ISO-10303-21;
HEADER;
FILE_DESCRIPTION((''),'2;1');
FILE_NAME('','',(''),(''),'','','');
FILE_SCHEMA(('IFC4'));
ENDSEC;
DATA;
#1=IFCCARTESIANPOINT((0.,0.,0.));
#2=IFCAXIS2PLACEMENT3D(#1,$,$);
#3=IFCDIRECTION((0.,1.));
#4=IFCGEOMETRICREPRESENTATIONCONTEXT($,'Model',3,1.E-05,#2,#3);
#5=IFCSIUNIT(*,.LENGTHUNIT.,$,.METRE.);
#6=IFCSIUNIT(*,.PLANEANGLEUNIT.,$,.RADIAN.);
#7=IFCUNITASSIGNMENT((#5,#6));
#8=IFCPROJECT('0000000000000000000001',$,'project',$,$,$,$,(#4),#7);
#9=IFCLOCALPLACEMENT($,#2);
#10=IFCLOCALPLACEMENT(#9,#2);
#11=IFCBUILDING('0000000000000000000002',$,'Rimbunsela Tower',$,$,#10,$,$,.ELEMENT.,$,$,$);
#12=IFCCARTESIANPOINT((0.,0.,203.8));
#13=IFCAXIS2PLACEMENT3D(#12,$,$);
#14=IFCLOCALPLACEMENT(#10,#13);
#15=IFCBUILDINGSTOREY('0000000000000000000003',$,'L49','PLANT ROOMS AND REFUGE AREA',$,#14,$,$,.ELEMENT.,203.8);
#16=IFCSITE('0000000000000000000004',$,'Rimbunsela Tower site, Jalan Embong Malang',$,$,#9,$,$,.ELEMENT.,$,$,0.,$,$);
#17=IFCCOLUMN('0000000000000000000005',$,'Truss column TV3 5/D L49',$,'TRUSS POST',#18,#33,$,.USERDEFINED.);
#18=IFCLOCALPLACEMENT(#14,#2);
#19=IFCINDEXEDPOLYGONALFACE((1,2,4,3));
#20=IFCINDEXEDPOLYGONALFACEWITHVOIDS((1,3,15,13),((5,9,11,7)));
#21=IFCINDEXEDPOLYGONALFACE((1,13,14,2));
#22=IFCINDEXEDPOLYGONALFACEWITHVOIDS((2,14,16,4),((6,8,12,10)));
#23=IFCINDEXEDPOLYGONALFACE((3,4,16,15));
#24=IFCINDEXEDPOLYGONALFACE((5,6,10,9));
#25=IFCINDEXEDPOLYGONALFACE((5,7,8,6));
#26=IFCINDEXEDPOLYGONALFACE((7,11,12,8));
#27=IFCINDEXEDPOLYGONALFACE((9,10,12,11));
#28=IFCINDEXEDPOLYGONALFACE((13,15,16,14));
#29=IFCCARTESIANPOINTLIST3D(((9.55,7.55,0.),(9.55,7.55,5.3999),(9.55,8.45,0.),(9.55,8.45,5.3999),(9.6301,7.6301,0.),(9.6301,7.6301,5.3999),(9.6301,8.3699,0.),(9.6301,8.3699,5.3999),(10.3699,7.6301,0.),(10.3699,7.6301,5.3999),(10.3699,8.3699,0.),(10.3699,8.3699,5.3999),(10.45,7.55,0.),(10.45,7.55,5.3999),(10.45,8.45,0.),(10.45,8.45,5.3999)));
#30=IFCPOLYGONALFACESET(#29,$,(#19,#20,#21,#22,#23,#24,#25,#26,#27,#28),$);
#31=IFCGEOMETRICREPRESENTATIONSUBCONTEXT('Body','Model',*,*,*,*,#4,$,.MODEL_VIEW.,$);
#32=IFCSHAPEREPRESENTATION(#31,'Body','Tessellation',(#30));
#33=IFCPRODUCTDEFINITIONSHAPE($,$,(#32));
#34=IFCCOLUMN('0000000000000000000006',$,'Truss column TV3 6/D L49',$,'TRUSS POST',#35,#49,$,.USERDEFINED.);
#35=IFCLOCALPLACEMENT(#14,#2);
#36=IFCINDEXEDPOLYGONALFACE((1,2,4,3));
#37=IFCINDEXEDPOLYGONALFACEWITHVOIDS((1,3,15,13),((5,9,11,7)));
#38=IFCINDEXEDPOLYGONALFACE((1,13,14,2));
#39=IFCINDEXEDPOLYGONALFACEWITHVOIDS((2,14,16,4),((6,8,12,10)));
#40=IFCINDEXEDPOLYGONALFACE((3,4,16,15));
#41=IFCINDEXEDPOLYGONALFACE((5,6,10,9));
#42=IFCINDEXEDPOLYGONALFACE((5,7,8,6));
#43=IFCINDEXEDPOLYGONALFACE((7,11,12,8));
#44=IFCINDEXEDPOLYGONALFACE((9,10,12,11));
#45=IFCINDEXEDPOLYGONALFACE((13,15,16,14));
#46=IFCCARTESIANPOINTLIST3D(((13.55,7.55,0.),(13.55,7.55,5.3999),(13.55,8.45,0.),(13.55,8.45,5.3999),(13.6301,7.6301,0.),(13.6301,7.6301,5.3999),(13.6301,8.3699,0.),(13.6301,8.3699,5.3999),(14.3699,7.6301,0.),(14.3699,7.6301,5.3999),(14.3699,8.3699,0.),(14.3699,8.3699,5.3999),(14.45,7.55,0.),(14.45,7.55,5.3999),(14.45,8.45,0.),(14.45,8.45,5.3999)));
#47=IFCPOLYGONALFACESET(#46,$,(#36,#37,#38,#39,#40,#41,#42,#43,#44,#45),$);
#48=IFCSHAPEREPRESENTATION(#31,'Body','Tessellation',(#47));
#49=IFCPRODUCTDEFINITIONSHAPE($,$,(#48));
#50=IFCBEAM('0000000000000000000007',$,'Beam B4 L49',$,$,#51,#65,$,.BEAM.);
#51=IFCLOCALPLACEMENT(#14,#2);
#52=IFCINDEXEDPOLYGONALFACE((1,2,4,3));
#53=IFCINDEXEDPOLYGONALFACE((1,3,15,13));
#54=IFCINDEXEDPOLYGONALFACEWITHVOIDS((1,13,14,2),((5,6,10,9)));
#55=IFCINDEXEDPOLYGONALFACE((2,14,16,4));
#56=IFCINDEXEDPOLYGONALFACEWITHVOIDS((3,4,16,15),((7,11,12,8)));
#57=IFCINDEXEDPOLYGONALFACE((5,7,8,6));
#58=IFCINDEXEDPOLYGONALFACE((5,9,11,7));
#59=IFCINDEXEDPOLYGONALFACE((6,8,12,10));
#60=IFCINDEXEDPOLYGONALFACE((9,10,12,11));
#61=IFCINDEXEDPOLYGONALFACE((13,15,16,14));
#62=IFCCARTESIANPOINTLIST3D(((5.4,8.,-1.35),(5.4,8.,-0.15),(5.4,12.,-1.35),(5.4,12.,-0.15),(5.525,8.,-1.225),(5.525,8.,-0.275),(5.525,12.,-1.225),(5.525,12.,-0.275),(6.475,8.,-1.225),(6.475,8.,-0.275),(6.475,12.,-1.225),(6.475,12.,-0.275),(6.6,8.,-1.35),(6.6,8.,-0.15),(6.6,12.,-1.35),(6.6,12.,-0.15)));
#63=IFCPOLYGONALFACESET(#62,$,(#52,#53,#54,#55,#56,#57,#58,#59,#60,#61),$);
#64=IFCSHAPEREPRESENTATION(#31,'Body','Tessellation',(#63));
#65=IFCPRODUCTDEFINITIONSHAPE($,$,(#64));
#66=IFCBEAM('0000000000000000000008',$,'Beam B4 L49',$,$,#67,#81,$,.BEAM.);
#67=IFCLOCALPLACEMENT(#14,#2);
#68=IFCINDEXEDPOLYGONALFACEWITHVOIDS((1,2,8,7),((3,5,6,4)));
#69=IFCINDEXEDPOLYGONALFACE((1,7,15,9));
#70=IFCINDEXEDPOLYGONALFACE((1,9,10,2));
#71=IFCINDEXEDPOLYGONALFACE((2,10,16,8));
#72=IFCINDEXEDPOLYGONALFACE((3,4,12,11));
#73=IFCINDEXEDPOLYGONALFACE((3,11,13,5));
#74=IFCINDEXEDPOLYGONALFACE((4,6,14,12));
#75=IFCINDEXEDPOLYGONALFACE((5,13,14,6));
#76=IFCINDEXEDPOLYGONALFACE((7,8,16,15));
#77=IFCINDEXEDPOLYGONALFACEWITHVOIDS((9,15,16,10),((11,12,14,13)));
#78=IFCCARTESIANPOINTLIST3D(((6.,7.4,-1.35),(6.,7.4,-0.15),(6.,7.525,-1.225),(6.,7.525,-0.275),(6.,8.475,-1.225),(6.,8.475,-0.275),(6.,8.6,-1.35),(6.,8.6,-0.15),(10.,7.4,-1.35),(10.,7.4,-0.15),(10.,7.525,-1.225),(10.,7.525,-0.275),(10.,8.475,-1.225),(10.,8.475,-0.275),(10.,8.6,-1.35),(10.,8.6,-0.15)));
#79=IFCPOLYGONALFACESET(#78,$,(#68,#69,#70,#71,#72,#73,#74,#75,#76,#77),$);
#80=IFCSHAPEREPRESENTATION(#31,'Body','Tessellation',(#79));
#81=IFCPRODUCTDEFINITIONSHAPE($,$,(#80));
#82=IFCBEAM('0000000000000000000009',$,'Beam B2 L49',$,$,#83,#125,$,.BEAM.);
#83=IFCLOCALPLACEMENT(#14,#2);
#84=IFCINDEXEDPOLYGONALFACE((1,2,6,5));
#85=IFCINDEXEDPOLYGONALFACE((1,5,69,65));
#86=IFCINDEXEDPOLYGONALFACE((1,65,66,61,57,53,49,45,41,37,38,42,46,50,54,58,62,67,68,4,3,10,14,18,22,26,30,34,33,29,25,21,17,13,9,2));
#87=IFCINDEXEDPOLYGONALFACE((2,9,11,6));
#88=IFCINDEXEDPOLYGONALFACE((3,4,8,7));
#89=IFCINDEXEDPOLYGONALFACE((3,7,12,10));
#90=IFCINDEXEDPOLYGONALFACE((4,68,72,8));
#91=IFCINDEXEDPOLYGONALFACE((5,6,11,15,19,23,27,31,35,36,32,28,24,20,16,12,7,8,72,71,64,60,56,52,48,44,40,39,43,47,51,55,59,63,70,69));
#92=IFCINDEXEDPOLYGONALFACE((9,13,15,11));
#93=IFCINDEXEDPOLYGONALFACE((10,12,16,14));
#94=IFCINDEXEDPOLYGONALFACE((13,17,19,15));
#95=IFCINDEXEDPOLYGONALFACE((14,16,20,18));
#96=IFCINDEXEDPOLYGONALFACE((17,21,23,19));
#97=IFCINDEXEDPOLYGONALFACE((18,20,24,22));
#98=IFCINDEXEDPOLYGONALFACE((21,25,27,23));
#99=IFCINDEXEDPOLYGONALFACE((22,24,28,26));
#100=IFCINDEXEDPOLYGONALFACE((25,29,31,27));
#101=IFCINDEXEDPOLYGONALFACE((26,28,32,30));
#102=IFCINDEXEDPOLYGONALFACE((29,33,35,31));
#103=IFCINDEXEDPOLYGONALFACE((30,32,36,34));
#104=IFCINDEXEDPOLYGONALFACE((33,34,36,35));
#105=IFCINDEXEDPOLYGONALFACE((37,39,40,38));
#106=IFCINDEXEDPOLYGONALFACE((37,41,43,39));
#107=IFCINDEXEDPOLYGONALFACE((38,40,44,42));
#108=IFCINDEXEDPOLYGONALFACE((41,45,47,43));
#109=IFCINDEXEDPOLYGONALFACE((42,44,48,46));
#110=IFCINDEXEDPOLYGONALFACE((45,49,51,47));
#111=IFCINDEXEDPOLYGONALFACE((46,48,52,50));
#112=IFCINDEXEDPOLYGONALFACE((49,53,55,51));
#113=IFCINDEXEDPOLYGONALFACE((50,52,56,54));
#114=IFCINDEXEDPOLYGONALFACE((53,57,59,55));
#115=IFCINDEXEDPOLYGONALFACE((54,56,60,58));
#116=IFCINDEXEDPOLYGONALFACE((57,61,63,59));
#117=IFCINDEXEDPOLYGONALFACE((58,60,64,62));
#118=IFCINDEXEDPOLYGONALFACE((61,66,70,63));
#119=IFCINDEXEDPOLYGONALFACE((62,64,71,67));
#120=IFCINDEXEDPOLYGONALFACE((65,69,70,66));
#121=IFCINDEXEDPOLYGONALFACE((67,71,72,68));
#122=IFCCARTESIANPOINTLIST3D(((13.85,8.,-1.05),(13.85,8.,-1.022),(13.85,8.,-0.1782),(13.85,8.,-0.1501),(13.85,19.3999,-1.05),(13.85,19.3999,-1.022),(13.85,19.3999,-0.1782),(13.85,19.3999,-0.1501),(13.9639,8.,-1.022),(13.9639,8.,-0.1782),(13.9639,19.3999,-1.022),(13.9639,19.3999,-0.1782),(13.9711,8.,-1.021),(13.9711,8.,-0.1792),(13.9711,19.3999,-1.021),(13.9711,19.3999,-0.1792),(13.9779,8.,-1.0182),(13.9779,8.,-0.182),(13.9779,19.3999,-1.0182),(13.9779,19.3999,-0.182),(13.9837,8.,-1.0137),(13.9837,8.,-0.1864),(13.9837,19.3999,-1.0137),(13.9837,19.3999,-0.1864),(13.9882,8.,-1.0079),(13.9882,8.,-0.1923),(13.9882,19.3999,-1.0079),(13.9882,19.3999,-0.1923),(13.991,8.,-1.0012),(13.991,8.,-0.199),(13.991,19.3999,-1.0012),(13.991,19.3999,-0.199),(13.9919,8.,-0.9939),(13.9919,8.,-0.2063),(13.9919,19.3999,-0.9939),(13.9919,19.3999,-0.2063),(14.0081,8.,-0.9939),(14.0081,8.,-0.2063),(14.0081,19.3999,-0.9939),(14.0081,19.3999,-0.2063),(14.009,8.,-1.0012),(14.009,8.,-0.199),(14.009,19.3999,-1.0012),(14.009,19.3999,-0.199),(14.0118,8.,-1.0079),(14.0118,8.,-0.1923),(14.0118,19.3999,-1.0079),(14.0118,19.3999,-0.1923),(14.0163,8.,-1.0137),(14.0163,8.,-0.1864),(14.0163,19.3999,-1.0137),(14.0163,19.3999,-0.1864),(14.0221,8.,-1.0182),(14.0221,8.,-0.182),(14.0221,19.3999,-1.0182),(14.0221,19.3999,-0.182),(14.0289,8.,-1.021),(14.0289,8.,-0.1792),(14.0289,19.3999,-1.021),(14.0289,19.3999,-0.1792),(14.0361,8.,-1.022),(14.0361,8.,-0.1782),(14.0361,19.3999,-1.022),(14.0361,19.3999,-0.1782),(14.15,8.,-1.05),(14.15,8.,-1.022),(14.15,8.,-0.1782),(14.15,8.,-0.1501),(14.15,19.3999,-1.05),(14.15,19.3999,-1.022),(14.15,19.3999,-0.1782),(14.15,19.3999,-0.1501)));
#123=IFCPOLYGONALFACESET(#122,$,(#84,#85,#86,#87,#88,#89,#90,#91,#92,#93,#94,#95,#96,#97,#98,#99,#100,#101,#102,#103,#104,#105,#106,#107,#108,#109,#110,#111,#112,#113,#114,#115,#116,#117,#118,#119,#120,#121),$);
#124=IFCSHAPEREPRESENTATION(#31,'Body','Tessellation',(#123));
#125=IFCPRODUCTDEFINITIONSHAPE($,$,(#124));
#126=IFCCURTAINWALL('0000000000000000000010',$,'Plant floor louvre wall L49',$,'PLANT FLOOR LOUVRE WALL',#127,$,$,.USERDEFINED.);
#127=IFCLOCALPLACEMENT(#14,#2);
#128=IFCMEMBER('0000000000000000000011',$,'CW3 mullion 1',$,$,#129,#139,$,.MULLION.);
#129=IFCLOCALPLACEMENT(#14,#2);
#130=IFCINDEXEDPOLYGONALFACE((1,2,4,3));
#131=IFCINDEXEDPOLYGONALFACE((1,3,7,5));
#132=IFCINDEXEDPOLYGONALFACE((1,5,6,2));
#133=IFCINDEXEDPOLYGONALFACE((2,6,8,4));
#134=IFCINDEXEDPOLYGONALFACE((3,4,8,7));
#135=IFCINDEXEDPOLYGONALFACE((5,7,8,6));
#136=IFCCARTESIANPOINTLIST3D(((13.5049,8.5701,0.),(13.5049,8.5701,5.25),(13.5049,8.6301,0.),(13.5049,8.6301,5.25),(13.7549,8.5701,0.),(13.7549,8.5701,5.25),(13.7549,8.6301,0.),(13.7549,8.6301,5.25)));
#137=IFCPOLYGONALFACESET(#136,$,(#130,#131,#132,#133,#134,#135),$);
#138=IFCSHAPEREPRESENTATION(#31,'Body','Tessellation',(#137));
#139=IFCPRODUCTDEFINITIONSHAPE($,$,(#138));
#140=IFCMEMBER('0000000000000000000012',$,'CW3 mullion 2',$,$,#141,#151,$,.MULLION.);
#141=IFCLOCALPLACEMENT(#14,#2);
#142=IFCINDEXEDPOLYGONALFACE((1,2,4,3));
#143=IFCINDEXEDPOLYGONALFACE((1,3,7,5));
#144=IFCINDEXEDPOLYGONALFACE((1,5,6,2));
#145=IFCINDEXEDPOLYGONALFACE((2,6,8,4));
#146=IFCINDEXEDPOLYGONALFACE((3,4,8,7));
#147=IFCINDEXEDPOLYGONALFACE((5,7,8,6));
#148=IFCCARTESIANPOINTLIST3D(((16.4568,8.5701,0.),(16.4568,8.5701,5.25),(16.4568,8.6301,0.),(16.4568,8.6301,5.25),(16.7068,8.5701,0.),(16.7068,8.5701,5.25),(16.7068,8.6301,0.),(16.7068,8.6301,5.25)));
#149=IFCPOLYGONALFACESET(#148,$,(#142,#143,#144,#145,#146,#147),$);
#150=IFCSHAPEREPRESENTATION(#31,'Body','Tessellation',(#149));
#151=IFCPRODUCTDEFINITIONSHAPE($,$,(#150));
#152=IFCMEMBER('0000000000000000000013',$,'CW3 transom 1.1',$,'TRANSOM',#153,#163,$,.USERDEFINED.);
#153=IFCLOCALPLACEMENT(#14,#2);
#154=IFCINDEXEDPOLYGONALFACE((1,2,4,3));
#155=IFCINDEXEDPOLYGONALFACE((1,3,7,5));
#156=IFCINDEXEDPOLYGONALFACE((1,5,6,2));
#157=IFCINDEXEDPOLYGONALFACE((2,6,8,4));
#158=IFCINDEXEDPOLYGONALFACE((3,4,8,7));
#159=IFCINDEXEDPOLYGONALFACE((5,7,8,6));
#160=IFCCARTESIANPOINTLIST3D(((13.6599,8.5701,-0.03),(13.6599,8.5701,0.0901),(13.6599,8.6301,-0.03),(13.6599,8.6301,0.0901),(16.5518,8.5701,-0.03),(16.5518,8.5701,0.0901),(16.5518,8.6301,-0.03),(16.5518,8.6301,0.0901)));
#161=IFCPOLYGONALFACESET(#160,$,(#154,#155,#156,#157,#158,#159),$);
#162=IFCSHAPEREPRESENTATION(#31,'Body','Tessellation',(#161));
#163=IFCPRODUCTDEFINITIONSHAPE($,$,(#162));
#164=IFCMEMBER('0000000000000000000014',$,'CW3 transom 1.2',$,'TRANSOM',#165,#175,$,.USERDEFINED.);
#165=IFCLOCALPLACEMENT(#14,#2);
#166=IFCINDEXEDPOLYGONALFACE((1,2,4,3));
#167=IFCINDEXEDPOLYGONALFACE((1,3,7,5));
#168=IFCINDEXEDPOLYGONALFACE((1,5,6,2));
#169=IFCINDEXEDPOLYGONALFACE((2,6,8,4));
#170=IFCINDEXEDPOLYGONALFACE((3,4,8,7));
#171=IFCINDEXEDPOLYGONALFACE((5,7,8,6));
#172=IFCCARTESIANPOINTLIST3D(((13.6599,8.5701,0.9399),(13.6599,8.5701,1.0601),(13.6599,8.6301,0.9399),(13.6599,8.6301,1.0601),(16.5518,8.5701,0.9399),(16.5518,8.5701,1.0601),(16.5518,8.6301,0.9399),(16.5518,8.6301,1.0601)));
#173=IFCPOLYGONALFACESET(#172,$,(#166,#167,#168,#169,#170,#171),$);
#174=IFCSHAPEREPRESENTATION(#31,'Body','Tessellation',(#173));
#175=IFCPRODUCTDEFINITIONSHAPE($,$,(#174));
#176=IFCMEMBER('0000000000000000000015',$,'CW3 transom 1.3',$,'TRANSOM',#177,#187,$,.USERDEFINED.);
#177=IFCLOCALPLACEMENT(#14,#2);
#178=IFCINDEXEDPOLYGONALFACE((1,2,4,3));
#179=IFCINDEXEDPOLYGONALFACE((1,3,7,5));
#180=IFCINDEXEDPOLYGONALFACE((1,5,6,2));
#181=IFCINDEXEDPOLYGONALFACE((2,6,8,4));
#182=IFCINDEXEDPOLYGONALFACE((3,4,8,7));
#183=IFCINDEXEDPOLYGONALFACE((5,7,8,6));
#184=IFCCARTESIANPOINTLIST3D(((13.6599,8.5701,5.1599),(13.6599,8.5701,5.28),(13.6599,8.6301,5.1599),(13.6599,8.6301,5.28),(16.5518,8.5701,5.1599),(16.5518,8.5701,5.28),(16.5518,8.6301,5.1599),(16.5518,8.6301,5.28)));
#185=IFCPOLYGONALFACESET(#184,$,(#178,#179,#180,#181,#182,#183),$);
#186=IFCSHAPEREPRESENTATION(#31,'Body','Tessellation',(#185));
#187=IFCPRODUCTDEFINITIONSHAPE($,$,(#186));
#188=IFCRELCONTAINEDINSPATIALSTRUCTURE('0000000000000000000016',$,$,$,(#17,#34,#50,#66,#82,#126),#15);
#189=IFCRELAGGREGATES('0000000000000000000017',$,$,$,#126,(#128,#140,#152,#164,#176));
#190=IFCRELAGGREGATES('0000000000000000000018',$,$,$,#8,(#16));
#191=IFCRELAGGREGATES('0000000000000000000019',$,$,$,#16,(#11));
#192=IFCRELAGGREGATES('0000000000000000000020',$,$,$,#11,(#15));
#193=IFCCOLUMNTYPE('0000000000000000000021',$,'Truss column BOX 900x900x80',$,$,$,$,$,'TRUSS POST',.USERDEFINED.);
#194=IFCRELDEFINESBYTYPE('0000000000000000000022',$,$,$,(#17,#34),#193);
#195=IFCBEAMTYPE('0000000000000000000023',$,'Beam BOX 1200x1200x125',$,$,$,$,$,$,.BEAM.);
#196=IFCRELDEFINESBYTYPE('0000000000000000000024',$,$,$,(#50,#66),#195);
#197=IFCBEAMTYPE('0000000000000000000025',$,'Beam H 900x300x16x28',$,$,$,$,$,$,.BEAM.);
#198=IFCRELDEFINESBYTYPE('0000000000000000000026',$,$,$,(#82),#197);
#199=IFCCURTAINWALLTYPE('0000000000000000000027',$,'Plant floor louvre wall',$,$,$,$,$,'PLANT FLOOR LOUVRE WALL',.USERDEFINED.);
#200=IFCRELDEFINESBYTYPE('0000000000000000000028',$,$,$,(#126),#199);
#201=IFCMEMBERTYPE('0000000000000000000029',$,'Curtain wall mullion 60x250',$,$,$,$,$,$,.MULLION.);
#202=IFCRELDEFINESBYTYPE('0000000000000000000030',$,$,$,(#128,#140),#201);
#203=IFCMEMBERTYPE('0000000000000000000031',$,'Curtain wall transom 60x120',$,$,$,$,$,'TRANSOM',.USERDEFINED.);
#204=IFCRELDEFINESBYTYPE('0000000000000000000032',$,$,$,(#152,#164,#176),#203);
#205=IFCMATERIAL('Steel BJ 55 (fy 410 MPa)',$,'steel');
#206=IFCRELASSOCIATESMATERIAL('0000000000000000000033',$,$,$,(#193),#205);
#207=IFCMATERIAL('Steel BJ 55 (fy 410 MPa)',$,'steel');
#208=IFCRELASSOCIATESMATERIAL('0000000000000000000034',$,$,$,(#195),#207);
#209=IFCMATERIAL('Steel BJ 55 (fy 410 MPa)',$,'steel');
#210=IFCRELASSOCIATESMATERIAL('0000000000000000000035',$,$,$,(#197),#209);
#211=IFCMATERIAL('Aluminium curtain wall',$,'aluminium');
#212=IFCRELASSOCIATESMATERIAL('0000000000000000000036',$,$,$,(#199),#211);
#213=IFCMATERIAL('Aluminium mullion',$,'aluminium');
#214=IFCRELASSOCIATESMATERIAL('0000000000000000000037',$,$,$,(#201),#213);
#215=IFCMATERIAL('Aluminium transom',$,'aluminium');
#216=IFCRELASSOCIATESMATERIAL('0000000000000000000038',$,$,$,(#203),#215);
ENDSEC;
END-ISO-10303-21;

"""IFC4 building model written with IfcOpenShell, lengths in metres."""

from ifc_helpers import new_model, si_unit, direction, frame, origin, origin_2d, place, context, subcontext, project, spatial, rectangle, hollow_rectangle, i_section, extrude, material, material_profile, profile_set, type_object, element, aggregate, save


model = new_model("IFC4")

# Units and contexts
model_context = context("Model", 3, precision=1e-05, world=origin(), true_north=direction((0.0, 1.0)))
body_context = subcontext(model_context, "Body", "Model", "MODEL_VIEW")
ifc_project = project(units=[si_unit("LENGTHUNIT", "METRE"), si_unit("PLANEANGLEUNIT", "RADIAN")], contexts=[model_context])

# Site, building, storey
site_placement = place(None, origin())
site = spatial("IfcSite", under=ifc_project, at=site_placement, Name="Rimbunsela Tower site, Jalan Embong Malang", CompositionType="ELEMENT", RefElevation=0.0)
building_placement = place(site_placement, origin())
building = spatial("IfcBuilding", under=site, at=building_placement, Name="Rimbunsela Tower", CompositionType="ELEMENT")
storey_placement = place(building_placement, frame((0.0, 0.0, 203.8)))
storey = spatial("IfcBuildingStorey", under=building, at=storey_placement, Name="L49", Description="PLANT ROOMS AND REFUGE AREA", CompositionType="ELEMENT", Elevation=203.8)

# Columns
ifc_material_1 = material(Name="Steel BJ 55 (fy 410 MPa)", Category="steel")
ifc_material_profile_1 = material_profile(ifc_material_1, hollow_rectangle(XDim=0.8999, YDim=0.8999, WallThickness=0.0801, at=origin_2d()), Name="BOX 900x900x80")
ifc_profile_set_1 = profile_set([ifc_material_profile_1], Name="Steel BJ 55 (fy 410 MPa)")
column_type = type_object("IfcColumnType", Name="Truss column BOX 900x900x80", ElementType="TRUSS POST", PredefinedType="USERDEFINED", material=ifc_profile_set_1)
for number, where, z_axis, x_axis, name in (
    (1, (10.0, 8.0, 0.0), (0.0, 0.0, 1.0), (1.0, 0.0, 0.0), "Truss column TV3 5/D L49"),
    (2, (14.0, 8.0, 0.0), (0.0, 0.0, 1.0), (1.0, 0.0, 0.0), "Truss column TV3 6/D L49"),
):
    element("IfcColumn", number, at=place(storey_placement, frame(where, z_axis=z_axis, x_axis=x_axis)), inside=storey, type_object=column_type, Name=name, ObjectType="TRUSS POST", PredefinedType="USERDEFINED", context=body_context, shape_type="SweptSolid", body=[
        extrude(hollow_rectangle(XDim=0.8999, YDim=0.8999, WallThickness=0.0801, at=origin_2d()), origin(), (0.0, 0.0, 1.0), 5.3999),
    ])

# Beams
ifc_material_2 = material(Name="Steel BJ 55 (fy 410 MPa)", Category="steel")
ifc_material_profile_2 = material_profile(ifc_material_2, hollow_rectangle(XDim=1.2, YDim=1.2, WallThickness=0.125, at=origin_2d()), Name="BOX 1200x1200x125")
ifc_profile_set_2 = profile_set([ifc_material_profile_2], Name="Steel BJ 55 (fy 410 MPa)")
beam_type_1 = type_object("IfcBeamType", Name="Beam BOX 1200x1200x125", PredefinedType="BEAM", material=ifc_profile_set_2)
for number, where, z_axis, x_axis, name in (
    (3, (6.0, 8.0, -0.75), (0.0, 1.0, 0.0), (-1.0, 0.0, 0.0), "Beam B4 L49"),
    (4, (6.0, 8.0, -0.75), (1.0, 0.0, 0.0), (0.0, 1.0, 0.0), "Beam B4 L49"),
):
    element("IfcBeam", number, at=place(storey_placement, frame(where, z_axis=z_axis, x_axis=x_axis)), inside=storey, type_object=beam_type_1, Name=name, PredefinedType="BEAM", context=body_context, shape_type="SweptSolid", body=[
        extrude(hollow_rectangle(XDim=1.2, YDim=1.2, WallThickness=0.125, at=origin_2d()), origin(), (0.0, 0.0, 1.0), 4.0),
    ])
ifc_material_3 = material(Name="Steel BJ 55 (fy 410 MPa)", Category="steel")
ifc_material_profile_3 = material_profile(ifc_material_3, i_section(OverallWidth=0.3, OverallDepth=0.8999, WebThickness=0.0161, FlangeThickness=0.0281, FilletRadius=0.0281, at=origin_2d()), Name="H 900x300x16x28")
ifc_profile_set_3 = profile_set([ifc_material_profile_3], Name="Steel BJ 55 (fy 410 MPa)")
beam_type_2 = type_object("IfcBeamType", Name="Beam H 900x300x16x28", PredefinedType="BEAM", material=ifc_profile_set_3)
beam_1_placement = place(storey_placement, frame((14.0, 8.0, -0.6001), z_axis=(0.0, 1.0, 0.0), x_axis=(-1.0, 0.0, 0.0)))
element("IfcBeam", 5, at=beam_1_placement, inside=storey, type_object=beam_type_2, Name="Beam B2 L49", PredefinedType="BEAM", context=body_context, shape_type="SweptSolid", body=[
    extrude(i_section(OverallWidth=0.3, OverallDepth=0.8999, WebThickness=0.0161, FlangeThickness=0.0281, FilletRadius=0.0281, at=origin_2d()), origin(), (0.0, 0.0, 1.0), 11.3999),
])

# Curtain wall, members
ifc_material_4 = material(Name="Aluminium curtain wall", Category="aluminium")
curtain_wall_type = type_object("IfcCurtainWallType", Name="Plant floor louvre wall", ElementType="PLANT FLOOR LOUVRE WALL", PredefinedType="USERDEFINED", material=ifc_material_4)
curtain_wall_placement = place(storey_placement, origin())
curtain_wall = element("IfcCurtainWall", 6, at=curtain_wall_placement, inside=storey, type_object=curtain_wall_type, Name="Plant floor louvre wall L49", ObjectType="PLANT FLOOR LOUVRE WALL", PredefinedType="USERDEFINED")
ifc_material_5 = material(Name="Aluminium mullion", Category="aluminium")
ifc_material_profile_4 = material_profile(ifc_material_5, rectangle(XDim=0.0601, YDim=0.25, at=origin_2d()), Name="Mullion 60x250")
ifc_profile_set_4 = profile_set([ifc_material_profile_4], Name="Aluminium mullion")
member_type_1 = type_object("IfcMemberType", Name="Curtain wall mullion 60x250", PredefinedType="MULLION", material=ifc_profile_set_4)
member_1_placement = place(storey_placement, frame((13.6299, 8.6001, 0.0), z_axis=(0.0, 0.0, 1.0), x_axis=(0.0, 1.0, 0.0)))
member_1 = element("IfcMember", 7, at=member_1_placement, type_object=member_type_1, Name="CW3 mullion 1", PredefinedType="MULLION", context=body_context, shape_type="SweptSolid", body=[
    extrude(rectangle(XDim=0.0601, YDim=0.25, at=origin_2d()), origin(), (0.0, 0.0, 1.0), 5.25),
])
member_2_placement = place(storey_placement, frame((16.5818, 8.6001, 0.0), z_axis=(0.0, 0.0, 1.0), x_axis=(0.0, 1.0, 0.0)))
member_2 = element("IfcMember", 8, at=member_2_placement, type_object=member_type_1, Name="CW3 mullion 2", PredefinedType="MULLION", context=body_context, shape_type="SweptSolid", body=[
    extrude(rectangle(XDim=0.0601, YDim=0.25, at=origin_2d()), origin(), (0.0, 0.0, 1.0), 5.25),
])
ifc_material_6 = material(Name="Aluminium transom", Category="aluminium")
ifc_material_profile_5 = material_profile(ifc_material_6, rectangle(XDim=0.0601, YDim=0.1201, at=origin_2d()), Name="Transom 60x120")
ifc_profile_set_5 = profile_set([ifc_material_profile_5], Name="Aluminium transom")
member_type_2 = type_object("IfcMemberType", Name="Curtain wall transom 60x120", ElementType="TRANSOM", PredefinedType="USERDEFINED", material=ifc_profile_set_5)
member_3_placement = place(storey_placement, frame((13.6599, 8.6001, 0.03), z_axis=(1.0, 0.0, 0.0), x_axis=(0.0, 1.0, 0.0)))
member_3 = element("IfcMember", 9, at=member_3_placement, type_object=member_type_2, Name="CW3 transom 1.1", ObjectType="TRANSOM", PredefinedType="USERDEFINED", context=body_context, shape_type="SweptSolid", body=[
    extrude(rectangle(XDim=0.0601, YDim=0.1201, at=origin_2d()), origin(), (0.0, 0.0, 1.0), 2.8918),
])
member_4_placement = place(storey_placement, frame((13.6599, 8.6001, 1.0), z_axis=(1.0, 0.0, 0.0), x_axis=(0.0, 1.0, 0.0)))
member_4 = element("IfcMember", 10, at=member_4_placement, type_object=member_type_2, Name="CW3 transom 1.2", ObjectType="TRANSOM", PredefinedType="USERDEFINED", context=body_context, shape_type="SweptSolid", body=[
    extrude(rectangle(XDim=0.0601, YDim=0.1201, at=origin_2d()), origin(), (0.0, 0.0, 1.0), 2.8918),
])
member_5_placement = place(storey_placement, frame((13.6599, 8.6001, 5.22), z_axis=(1.0, 0.0, 0.0), x_axis=(0.0, 1.0, 0.0)))
member_5 = element("IfcMember", 11, at=member_5_placement, type_object=member_type_2, Name="CW3 transom 1.3", ObjectType="TRANSOM", PredefinedType="USERDEFINED", context=body_context, shape_type="SweptSolid", body=[
    extrude(rectangle(XDim=0.0601, YDim=0.1201, at=origin_2d()), origin(), (0.0, 0.0, 1.0), 2.8918),
])

aggregate(curtain_wall, [member_1, member_2, member_3, member_4, member_5])

save(model, "model.ifc")
